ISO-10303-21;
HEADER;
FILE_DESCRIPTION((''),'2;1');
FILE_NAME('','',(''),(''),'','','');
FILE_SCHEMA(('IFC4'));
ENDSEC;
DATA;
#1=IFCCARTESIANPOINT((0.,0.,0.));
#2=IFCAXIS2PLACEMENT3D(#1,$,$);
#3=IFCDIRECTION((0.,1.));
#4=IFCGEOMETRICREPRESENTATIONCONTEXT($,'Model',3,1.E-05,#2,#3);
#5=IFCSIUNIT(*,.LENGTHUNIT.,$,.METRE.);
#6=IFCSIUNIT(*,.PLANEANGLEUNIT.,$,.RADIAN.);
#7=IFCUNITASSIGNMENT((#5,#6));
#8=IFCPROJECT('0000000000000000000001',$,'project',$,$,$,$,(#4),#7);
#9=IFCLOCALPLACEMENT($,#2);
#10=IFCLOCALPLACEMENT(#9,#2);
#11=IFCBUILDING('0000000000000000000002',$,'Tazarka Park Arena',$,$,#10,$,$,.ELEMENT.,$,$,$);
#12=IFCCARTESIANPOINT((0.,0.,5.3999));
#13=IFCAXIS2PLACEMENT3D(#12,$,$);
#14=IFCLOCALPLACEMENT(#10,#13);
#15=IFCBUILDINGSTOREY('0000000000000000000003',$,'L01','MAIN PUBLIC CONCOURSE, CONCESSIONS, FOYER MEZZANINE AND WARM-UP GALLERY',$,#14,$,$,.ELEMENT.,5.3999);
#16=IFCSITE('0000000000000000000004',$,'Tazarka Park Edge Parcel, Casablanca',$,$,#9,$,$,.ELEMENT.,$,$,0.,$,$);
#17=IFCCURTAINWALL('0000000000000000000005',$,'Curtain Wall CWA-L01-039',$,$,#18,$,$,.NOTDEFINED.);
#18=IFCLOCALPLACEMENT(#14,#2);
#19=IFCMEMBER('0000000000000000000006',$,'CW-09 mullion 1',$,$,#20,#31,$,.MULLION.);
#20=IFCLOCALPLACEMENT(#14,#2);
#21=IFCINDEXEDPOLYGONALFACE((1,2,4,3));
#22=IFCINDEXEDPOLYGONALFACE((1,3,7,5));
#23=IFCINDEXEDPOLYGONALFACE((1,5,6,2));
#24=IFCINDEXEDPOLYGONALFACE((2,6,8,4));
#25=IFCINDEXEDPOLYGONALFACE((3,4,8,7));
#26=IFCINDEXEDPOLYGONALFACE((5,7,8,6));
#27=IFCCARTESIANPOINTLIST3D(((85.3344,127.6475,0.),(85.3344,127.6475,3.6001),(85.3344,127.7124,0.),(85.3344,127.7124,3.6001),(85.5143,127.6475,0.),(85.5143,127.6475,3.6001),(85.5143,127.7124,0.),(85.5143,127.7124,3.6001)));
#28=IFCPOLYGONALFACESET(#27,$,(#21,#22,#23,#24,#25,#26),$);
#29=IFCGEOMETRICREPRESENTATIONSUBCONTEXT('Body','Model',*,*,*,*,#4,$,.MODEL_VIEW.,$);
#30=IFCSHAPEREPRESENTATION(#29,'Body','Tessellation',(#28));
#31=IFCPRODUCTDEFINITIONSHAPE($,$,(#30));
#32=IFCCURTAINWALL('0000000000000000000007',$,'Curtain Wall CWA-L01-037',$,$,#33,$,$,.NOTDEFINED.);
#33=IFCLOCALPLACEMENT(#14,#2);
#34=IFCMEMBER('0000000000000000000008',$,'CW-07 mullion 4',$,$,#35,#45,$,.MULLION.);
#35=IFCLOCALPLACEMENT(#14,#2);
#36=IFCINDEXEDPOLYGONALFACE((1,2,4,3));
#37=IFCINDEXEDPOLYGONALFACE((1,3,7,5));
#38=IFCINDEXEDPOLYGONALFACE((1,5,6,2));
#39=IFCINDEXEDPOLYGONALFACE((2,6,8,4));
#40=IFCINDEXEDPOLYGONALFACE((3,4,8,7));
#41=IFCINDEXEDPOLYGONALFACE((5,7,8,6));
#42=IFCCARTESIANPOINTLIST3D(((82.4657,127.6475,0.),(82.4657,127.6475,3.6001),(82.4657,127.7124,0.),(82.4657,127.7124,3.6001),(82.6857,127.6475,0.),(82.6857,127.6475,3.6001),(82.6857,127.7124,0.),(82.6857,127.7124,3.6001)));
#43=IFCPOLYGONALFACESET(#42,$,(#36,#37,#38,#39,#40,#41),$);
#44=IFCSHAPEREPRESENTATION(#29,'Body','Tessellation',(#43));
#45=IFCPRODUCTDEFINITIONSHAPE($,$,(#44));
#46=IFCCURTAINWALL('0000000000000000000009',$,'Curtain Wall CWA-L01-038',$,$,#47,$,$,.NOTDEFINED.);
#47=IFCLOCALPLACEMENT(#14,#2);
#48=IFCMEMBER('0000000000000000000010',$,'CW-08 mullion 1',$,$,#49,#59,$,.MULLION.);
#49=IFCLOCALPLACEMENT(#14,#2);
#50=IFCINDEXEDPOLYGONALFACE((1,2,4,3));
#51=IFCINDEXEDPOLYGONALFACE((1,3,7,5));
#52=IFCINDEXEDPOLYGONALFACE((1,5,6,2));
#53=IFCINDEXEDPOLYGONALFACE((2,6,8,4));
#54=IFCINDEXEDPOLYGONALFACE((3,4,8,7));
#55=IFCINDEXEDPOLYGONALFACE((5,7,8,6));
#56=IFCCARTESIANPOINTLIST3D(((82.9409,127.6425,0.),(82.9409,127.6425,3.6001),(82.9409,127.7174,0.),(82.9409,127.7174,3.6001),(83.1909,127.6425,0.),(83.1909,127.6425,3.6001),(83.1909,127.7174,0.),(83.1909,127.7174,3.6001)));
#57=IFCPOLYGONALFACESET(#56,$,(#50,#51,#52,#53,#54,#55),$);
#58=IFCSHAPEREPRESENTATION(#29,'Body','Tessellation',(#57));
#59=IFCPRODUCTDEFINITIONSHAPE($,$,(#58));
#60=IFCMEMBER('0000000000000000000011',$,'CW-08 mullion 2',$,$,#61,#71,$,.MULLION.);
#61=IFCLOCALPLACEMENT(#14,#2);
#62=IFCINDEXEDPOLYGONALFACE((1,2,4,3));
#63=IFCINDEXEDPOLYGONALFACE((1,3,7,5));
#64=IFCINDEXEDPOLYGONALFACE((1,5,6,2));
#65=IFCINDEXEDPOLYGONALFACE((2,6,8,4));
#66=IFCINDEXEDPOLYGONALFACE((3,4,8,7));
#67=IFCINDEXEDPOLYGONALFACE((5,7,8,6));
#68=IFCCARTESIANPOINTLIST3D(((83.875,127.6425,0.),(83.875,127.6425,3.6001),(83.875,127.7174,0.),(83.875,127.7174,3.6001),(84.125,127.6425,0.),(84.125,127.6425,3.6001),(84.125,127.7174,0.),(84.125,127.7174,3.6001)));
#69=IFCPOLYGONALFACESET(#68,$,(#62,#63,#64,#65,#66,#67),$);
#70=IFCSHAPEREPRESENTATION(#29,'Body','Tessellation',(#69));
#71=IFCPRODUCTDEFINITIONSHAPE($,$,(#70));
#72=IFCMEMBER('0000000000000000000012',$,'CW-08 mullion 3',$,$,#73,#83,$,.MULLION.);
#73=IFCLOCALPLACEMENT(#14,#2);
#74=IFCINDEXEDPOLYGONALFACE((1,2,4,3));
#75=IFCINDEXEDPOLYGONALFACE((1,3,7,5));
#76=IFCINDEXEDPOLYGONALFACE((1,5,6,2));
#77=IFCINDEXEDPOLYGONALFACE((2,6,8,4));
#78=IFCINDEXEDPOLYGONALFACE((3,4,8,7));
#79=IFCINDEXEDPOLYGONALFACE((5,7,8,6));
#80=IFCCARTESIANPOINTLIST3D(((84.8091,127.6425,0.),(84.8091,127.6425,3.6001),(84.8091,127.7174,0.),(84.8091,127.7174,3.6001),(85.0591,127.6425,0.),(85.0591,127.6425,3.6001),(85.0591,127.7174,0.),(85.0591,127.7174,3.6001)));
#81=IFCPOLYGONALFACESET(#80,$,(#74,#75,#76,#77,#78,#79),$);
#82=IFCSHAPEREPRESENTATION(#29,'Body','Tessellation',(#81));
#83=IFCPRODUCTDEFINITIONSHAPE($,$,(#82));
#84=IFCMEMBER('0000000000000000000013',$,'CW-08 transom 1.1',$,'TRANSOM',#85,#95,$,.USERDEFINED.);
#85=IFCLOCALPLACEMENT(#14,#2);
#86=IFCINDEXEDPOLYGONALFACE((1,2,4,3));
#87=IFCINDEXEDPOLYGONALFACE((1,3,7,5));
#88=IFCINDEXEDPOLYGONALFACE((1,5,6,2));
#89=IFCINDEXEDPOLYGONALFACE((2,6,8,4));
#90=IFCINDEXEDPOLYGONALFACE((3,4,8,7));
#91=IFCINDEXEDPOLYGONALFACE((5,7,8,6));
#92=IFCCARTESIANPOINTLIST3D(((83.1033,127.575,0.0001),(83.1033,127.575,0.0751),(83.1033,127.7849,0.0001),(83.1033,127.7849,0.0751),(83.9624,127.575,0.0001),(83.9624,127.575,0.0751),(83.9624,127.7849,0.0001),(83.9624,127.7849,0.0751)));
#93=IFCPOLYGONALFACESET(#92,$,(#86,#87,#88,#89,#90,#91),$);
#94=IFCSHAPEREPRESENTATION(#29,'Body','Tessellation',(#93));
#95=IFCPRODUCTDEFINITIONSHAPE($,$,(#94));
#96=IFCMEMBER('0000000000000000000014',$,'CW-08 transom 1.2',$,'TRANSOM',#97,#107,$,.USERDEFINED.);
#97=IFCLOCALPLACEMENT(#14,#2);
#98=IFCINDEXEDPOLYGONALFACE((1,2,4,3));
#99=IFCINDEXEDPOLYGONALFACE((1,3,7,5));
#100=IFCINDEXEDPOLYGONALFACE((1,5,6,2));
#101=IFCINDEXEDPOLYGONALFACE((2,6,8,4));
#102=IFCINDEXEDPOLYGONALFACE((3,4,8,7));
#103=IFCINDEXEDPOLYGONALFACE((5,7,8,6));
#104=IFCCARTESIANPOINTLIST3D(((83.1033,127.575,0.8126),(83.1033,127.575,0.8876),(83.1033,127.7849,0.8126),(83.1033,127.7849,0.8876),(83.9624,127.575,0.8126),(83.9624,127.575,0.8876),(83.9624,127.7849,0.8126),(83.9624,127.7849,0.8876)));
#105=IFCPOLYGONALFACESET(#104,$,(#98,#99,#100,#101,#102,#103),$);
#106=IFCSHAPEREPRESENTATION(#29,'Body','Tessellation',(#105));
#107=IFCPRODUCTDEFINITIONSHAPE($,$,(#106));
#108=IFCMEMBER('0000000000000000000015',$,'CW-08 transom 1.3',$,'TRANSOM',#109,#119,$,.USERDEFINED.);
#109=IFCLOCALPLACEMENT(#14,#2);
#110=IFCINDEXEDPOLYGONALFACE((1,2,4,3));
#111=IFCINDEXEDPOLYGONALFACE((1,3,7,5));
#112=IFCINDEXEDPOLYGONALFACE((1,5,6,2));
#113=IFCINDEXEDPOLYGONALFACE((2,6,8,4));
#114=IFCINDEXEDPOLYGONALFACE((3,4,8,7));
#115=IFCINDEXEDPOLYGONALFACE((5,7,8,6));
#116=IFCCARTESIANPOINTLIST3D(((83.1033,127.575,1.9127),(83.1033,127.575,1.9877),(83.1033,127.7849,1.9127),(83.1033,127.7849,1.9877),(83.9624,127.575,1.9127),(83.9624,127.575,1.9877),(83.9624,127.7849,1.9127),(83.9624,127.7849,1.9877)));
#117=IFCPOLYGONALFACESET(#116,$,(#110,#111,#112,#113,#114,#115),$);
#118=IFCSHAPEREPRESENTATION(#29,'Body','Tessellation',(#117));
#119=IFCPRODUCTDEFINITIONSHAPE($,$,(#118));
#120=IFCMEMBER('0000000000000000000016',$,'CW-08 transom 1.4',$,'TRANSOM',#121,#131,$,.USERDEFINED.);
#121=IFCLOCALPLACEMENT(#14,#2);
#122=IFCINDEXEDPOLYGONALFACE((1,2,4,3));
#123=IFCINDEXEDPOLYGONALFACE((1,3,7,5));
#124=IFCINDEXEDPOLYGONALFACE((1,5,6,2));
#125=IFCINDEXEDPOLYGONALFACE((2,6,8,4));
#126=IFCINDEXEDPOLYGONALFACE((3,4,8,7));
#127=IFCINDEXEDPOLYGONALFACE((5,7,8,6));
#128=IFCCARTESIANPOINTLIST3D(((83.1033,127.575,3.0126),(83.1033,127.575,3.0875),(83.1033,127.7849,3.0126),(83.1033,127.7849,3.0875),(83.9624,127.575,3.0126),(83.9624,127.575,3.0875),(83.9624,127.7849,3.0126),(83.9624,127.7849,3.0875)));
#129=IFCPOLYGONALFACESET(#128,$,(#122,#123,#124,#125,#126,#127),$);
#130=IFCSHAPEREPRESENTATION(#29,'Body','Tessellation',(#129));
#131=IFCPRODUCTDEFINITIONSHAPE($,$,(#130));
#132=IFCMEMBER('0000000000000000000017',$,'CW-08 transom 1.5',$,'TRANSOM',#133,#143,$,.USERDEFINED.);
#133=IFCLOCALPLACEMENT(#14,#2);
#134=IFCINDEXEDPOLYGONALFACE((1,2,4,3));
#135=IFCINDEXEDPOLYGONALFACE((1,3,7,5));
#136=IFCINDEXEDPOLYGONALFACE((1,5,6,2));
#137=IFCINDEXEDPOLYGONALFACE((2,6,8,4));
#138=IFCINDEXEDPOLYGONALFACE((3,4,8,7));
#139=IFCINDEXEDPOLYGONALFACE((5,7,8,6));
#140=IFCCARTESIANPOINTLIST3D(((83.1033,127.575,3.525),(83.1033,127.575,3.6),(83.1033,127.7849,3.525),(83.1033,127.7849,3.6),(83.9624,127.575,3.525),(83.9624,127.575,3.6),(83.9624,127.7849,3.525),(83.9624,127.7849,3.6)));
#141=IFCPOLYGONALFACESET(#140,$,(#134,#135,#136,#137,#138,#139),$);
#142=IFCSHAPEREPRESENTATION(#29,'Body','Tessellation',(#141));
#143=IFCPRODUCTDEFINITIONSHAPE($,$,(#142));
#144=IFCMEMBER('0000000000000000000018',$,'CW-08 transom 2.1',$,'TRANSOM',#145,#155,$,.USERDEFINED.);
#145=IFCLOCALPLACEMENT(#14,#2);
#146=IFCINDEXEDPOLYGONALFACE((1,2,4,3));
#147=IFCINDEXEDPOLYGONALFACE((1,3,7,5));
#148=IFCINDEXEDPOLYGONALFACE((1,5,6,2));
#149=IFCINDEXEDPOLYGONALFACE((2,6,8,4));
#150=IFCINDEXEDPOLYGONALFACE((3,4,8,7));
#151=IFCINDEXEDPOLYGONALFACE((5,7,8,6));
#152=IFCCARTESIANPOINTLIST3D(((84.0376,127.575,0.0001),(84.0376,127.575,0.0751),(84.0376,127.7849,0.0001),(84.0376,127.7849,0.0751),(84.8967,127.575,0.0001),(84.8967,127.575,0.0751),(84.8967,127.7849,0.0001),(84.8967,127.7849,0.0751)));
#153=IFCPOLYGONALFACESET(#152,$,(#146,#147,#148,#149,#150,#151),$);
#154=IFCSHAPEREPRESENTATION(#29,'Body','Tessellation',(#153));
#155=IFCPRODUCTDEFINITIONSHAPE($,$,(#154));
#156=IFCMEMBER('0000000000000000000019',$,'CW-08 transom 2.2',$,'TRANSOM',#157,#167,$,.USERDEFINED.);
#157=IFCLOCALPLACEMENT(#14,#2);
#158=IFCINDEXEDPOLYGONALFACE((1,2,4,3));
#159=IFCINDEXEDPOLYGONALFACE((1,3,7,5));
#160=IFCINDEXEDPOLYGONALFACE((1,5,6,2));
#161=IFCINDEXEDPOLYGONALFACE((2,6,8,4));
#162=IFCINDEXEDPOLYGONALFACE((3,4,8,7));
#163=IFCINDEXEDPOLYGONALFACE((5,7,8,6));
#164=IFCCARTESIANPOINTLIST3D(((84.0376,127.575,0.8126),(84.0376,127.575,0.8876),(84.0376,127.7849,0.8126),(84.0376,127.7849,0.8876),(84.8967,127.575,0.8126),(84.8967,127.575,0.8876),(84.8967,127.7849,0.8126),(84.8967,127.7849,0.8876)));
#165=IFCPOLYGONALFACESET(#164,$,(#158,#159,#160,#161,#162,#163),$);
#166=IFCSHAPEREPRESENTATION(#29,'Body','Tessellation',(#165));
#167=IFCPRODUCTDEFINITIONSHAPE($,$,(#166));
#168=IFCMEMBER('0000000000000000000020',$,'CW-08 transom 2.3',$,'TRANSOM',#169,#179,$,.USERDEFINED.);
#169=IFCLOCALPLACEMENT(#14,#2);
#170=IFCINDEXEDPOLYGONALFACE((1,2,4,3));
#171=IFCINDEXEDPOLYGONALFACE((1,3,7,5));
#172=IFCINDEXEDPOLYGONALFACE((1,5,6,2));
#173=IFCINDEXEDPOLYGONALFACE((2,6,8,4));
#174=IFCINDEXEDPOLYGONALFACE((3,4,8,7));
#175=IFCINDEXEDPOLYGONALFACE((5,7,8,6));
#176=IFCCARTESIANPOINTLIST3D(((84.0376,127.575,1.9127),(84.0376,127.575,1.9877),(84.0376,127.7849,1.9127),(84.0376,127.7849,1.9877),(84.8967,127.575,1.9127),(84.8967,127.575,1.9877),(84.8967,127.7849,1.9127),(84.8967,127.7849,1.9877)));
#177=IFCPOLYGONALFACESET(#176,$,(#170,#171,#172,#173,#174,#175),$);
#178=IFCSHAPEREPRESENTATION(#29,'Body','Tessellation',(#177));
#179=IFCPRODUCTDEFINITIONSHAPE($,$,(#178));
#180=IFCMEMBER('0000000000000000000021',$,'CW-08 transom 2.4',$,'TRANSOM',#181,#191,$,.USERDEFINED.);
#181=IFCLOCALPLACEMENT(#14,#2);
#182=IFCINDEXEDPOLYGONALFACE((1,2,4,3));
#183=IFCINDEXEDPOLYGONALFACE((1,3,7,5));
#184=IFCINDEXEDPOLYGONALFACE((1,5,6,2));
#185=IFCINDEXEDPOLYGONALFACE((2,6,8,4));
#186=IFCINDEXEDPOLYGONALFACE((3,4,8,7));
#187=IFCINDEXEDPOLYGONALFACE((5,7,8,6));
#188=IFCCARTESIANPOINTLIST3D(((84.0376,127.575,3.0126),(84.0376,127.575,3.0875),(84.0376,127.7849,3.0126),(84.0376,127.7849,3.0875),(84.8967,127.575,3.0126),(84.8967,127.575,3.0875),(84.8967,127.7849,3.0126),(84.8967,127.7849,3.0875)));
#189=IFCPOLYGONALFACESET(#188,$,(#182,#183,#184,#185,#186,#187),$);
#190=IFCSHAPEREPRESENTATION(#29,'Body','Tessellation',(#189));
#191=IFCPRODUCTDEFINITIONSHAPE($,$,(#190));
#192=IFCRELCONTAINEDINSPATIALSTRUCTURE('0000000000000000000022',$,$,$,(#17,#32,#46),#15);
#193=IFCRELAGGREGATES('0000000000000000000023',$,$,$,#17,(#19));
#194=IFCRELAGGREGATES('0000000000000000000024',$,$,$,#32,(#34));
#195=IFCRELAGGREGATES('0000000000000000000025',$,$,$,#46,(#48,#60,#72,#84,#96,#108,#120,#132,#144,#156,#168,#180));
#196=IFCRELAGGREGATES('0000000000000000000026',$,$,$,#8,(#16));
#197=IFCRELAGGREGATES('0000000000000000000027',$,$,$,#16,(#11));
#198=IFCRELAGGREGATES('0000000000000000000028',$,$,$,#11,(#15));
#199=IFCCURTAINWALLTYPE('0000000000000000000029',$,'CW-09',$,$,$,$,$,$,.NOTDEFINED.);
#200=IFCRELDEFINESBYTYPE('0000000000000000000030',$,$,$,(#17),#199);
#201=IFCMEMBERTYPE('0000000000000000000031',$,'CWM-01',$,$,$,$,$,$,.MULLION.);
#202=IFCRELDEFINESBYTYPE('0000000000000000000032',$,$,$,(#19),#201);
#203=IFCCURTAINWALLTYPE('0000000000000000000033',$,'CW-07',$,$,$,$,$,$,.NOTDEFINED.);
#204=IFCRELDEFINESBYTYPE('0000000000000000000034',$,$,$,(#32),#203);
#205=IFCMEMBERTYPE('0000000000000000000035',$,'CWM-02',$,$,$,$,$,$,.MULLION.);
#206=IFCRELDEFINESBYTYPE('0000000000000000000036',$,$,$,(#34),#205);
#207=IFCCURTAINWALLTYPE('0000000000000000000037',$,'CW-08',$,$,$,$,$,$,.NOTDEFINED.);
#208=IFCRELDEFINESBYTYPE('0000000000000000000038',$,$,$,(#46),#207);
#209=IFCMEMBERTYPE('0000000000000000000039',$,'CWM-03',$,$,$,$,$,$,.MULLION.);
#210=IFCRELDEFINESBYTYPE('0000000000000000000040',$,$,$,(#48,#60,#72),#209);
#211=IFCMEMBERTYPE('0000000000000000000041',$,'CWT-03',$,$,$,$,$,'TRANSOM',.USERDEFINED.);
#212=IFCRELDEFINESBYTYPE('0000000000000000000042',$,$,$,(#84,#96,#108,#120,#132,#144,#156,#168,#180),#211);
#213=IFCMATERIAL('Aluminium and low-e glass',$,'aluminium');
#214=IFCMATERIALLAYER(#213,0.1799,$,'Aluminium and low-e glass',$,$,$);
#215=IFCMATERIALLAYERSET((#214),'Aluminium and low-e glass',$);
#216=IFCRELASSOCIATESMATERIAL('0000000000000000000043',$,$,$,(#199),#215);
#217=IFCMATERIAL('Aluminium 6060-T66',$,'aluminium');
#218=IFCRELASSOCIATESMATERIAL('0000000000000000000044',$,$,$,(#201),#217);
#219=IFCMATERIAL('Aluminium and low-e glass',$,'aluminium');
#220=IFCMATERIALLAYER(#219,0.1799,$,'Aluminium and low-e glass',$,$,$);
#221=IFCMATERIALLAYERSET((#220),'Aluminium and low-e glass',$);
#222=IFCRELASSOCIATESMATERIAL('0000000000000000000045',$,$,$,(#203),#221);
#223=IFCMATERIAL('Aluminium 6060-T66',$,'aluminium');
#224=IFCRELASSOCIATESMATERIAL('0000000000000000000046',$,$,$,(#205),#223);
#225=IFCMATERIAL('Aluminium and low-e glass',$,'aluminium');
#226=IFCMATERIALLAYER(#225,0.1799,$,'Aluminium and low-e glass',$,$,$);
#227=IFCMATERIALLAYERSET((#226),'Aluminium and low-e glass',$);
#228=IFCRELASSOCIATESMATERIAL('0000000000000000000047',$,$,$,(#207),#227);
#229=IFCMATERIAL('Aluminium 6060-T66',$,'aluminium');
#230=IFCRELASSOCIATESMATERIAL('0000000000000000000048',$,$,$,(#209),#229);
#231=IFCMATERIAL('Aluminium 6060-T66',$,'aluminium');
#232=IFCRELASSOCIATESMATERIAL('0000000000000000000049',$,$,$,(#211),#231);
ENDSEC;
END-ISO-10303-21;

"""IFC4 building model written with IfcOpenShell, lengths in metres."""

from ifc_helpers import new_model, si_unit, direction, frame, origin, origin_2d, place, context, subcontext, project, spatial, rectangle, extrude, material, layer, layer_set, material_profile, profile_set, type_object, element, aggregate, save


model = new_model("IFC4")

# Units and contexts
model_context = context("Model", 3, precision=1e-05, world=origin(), true_north=direction((0.0, 1.0)))
body_context = subcontext(model_context, "Body", "Model", "MODEL_VIEW")
ifc_project = project(units=[si_unit("LENGTHUNIT", "METRE"), si_unit("PLANEANGLEUNIT", "RADIAN")], contexts=[model_context])

# Site, building, storey
site_placement = place(None, origin())
site = spatial("IfcSite", under=ifc_project, at=site_placement, Name="Tazarka Park Edge Parcel, Casablanca", CompositionType="ELEMENT", RefElevation=0.0)
building_placement = place(site_placement, origin())
building = spatial("IfcBuilding", under=site, at=building_placement, Name="Tazarka Park Arena", CompositionType="ELEMENT")
storey_placement = place(building_placement, frame((0.0, 0.0, 5.3999)))
storey = spatial("IfcBuildingStorey", under=building, at=storey_placement, Name="L01", Description="MAIN PUBLIC CONCOURSE, CONCESSIONS, FOYER MEZZANINE AND WARM-UP GALLERY", CompositionType="ELEMENT", Elevation=5.3999)

# Curtain walls, members
ifc_material_1 = material(Name="Aluminium and low-e glass", Category="aluminium")
ifc_layer_1 = layer(ifc_material_1, 0.1799, Name="Aluminium and low-e glass")
ifc_layer_set_1 = layer_set([ifc_layer_1], Name="Aluminium and low-e glass")
curtain_wall_type_1 = type_object("IfcCurtainWallType", Name="CW-09", PredefinedType="NOTDEFINED", material=ifc_layer_set_1)
curtain_wall_1_placement = place(storey_placement, origin())
curtain_wall_1 = element("IfcCurtainWall", 1, at=curtain_wall_1_placement, inside=storey, type_object=curtain_wall_type_1, Name="Curtain Wall CWA-L01-039", PredefinedType="NOTDEFINED")
ifc_material_2 = material(Name="Aluminium 6060-T66", Category="aluminium")
ifc_material_profile_1 = material_profile(ifc_material_2, rectangle(XDim=0.0649, YDim=0.1799, at=origin_2d()), Name="Aluminium 6060-T66")
ifc_profile_set_1 = profile_set([ifc_material_profile_1], Name="Aluminium 6060-T66")
member_type_1 = type_object("IfcMemberType", Name="CWM-01", PredefinedType="MULLION", material=ifc_profile_set_1)
member_1_placement = place(storey_placement, frame((85.4243, 127.6799, 0.0), z_axis=(0.0, 0.0, 1.0), x_axis=(0.0, 1.0, 0.0)))
member_1 = element("IfcMember", 2, at=member_1_placement, type_object=member_type_1, Name="CW-09 mullion 1", PredefinedType="MULLION", context=body_context, shape_type="SweptSolid", body=[
    extrude(rectangle(XDim=0.0649, YDim=0.1799, at=origin_2d()), origin(), (0.0, 0.0, 1.0), 3.6001),
])
aggregate(curtain_wall_1, [member_1])
ifc_material_3 = material(Name="Aluminium and low-e glass", Category="aluminium")
ifc_layer_2 = layer(ifc_material_3, 0.1799, Name="Aluminium and low-e glass")
ifc_layer_set_2 = layer_set([ifc_layer_2], Name="Aluminium and low-e glass")
curtain_wall_type_2 = type_object("IfcCurtainWallType", Name="CW-07", PredefinedType="NOTDEFINED", material=ifc_layer_set_2)
curtain_wall_2_placement = place(storey_placement, origin())
curtain_wall_2 = element("IfcCurtainWall", 3, at=curtain_wall_2_placement, inside=storey, type_object=curtain_wall_type_2, Name="Curtain Wall CWA-L01-037", PredefinedType="NOTDEFINED")
ifc_material_4 = material(Name="Aluminium 6060-T66", Category="aluminium")
ifc_material_profile_2 = material_profile(ifc_material_4, rectangle(XDim=0.0649, YDim=0.22, at=origin_2d()), Name="Aluminium 6060-T66")
ifc_profile_set_2 = profile_set([ifc_material_profile_2], Name="Aluminium 6060-T66")
member_type_2 = type_object("IfcMemberType", Name="CWM-02", PredefinedType="MULLION", material=ifc_profile_set_2)
member_2_placement = place(storey_placement, frame((82.5757, 127.6799, 0.0), z_axis=(0.0, 0.0, 1.0), x_axis=(0.0, 1.0, 0.0)))
member_2 = element("IfcMember", 4, at=member_2_placement, type_object=member_type_2, Name="CW-07 mullion 4", PredefinedType="MULLION", context=body_context, shape_type="SweptSolid", body=[
    extrude(rectangle(XDim=0.0649, YDim=0.22, at=origin_2d()), origin(), (0.0, 0.0, 1.0), 3.6001),
])
aggregate(curtain_wall_2, [member_2])

# Curtain wall, members
ifc_material_5 = material(Name="Aluminium and low-e glass", Category="aluminium")
ifc_layer_3 = layer(ifc_material_5, 0.1799, Name="Aluminium and low-e glass")
ifc_layer_set_3 = layer_set([ifc_layer_3], Name="Aluminium and low-e glass")
curtain_wall_type_3 = type_object("IfcCurtainWallType", Name="CW-08", PredefinedType="NOTDEFINED", material=ifc_layer_set_3)
curtain_wall_3_placement = place(storey_placement, origin())
curtain_wall_3 = element("IfcCurtainWall", 5, at=curtain_wall_3_placement, inside=storey, type_object=curtain_wall_type_3, Name="Curtain Wall CWA-L01-038", PredefinedType="NOTDEFINED")
ifc_material_6 = material(Name="Aluminium 6060-T66", Category="aluminium")
ifc_material_profile_3 = material_profile(ifc_material_6, rectangle(XDim=0.075, YDim=0.25, at=origin_2d()), Name="Aluminium 6060-T66")
ifc_profile_set_3 = profile_set([ifc_material_profile_3], Name="Aluminium 6060-T66")
member_type_3 = type_object("IfcMemberType", Name="CWM-03", PredefinedType="MULLION", material=ifc_profile_set_3)
member_3_placement = place(storey_placement, frame((83.0659, 127.6799, 0.0), z_axis=(0.0, 0.0, 1.0), x_axis=(0.0, 1.0, 0.0)))
member_3 = element("IfcMember", 6, at=member_3_placement, type_object=member_type_3, Name="CW-08 mullion 1", PredefinedType="MULLION", context=body_context, shape_type="SweptSolid", body=[
    extrude(rectangle(XDim=0.075, YDim=0.25, at=origin_2d()), origin(), (0.0, 0.0, 1.0), 3.6001),
])
member_4_placement = place(storey_placement, frame((84.0, 127.6799, 0.0), z_axis=(0.0, 0.0, 1.0), x_axis=(0.0, 1.0, 0.0)))
member_4 = element("IfcMember", 7, at=member_4_placement, type_object=member_type_3, Name="CW-08 mullion 2", PredefinedType="MULLION", context=body_context, shape_type="SweptSolid", body=[
    extrude(rectangle(XDim=0.075, YDim=0.25, at=origin_2d()), origin(), (0.0, 0.0, 1.0), 3.6001),
])
member_5_placement = place(storey_placement, frame((84.9341, 127.6799, 0.0), z_axis=(0.0, 0.0, 1.0), x_axis=(0.0, 1.0, 0.0)))
member_5 = element("IfcMember", 8, at=member_5_placement, type_object=member_type_3, Name="CW-08 mullion 3", PredefinedType="MULLION", context=body_context, shape_type="SweptSolid", body=[
    extrude(rectangle(XDim=0.075, YDim=0.25, at=origin_2d()), origin(), (0.0, 0.0, 1.0), 3.6001),
])
ifc_material_7 = material(Name="Aluminium 6060-T66", Category="aluminium")
ifc_material_profile_4 = material_profile(ifc_material_7, rectangle(XDim=0.21, YDim=0.075, at=origin_2d()), Name="Aluminium 6060-T66")
ifc_profile_set_4 = profile_set([ifc_material_profile_4], Name="Aluminium 6060-T66")
member_type_4 = type_object("IfcMemberType", Name="CWT-03", ElementType="TRANSOM", PredefinedType="USERDEFINED", material=ifc_profile_set_4)
member_6_placement = place(storey_placement, frame((83.1033, 127.6799, 0.0376), z_axis=(1.0, 0.0, 0.0), x_axis=(0.0, 1.0, 0.0)))
member_6 = element("IfcMember", 9, at=member_6_placement, type_object=member_type_4, Name="CW-08 transom 1.1", ObjectType="TRANSOM", PredefinedType="USERDEFINED", context=body_context, shape_type="SweptSolid", body=[
    extrude(rectangle(XDim=0.21, YDim=0.075, at=origin_2d()), origin(), (0.0, 0.0, 1.0), 0.8591),
])
member_7_placement = place(storey_placement, frame((83.1033, 127.6799, 0.8501), z_axis=(1.0, 0.0, 0.0), x_axis=(0.0, 1.0, 0.0)))
member_7 = element("IfcMember", 10, at=member_7_placement, type_object=member_type_4, Name="CW-08 transom 1.2", ObjectType="TRANSOM", PredefinedType="USERDEFINED", context=body_context, shape_type="SweptSolid", body=[
    extrude(rectangle(XDim=0.21, YDim=0.075, at=origin_2d()), origin(), (0.0, 0.0, 1.0), 0.8591),
])
member_8_placement = place(storey_placement, frame((83.1033, 127.6799, 1.9502), z_axis=(1.0, 0.0, 0.0), x_axis=(0.0, 1.0, 0.0)))
member_8 = element("IfcMember", 11, at=member_8_placement, type_object=member_type_4, Name="CW-08 transom 1.3", ObjectType="TRANSOM", PredefinedType="USERDEFINED", context=body_context, shape_type="SweptSolid", body=[
    extrude(rectangle(XDim=0.21, YDim=0.075, at=origin_2d()), origin(), (0.0, 0.0, 1.0), 0.8591),
])
member_9_placement = place(storey_placement, frame((83.1033, 127.6799, 3.05), z_axis=(1.0, 0.0, 0.0), x_axis=(0.0, 1.0, 0.0)))
member_9 = element("IfcMember", 12, at=member_9_placement, type_object=member_type_4, Name="CW-08 transom 1.4", ObjectType="TRANSOM", PredefinedType="USERDEFINED", context=body_context, shape_type="SweptSolid", body=[
    extrude(rectangle(XDim=0.21, YDim=0.075, at=origin_2d()), origin(), (0.0, 0.0, 1.0), 0.8591),
])
member_10_placement = place(storey_placement, frame((83.1033, 127.6799, 3.5625), z_axis=(1.0, 0.0, 0.0), x_axis=(0.0, 1.0, 0.0)))
member_10 = element("IfcMember", 13, at=member_10_placement, type_object=member_type_4, Name="CW-08 transom 1.5", ObjectType="TRANSOM", PredefinedType="USERDEFINED", context=body_context, shape_type="SweptSolid", body=[
    extrude(rectangle(XDim=0.21, YDim=0.075, at=origin_2d()), origin(), (0.0, 0.0, 1.0), 0.8591),
])
member_11_placement = place(storey_placement, frame((84.0376, 127.6799, 0.0376), z_axis=(1.0, 0.0, 0.0), x_axis=(0.0, 1.0, 0.0)))
member_11 = element("IfcMember", 14, at=member_11_placement, type_object=member_type_4, Name="CW-08 transom 2.1", ObjectType="TRANSOM", PredefinedType="USERDEFINED", context=body_context, shape_type="SweptSolid", body=[
    extrude(rectangle(XDim=0.21, YDim=0.075, at=origin_2d()), origin(), (0.0, 0.0, 1.0), 0.8591),
])
member_12_placement = place(storey_placement, frame((84.0376, 127.6799, 0.8501), z_axis=(1.0, 0.0, 0.0), x_axis=(0.0, 1.0, 0.0)))
member_12 = element("IfcMember", 15, at=member_12_placement, type_object=member_type_4, Name="CW-08 transom 2.2", ObjectType="TRANSOM", PredefinedType="USERDEFINED", context=body_context, shape_type="SweptSolid", body=[
    extrude(rectangle(XDim=0.21, YDim=0.075, at=origin_2d()), origin(), (0.0, 0.0, 1.0), 0.8591),
])
member_13_placement = place(storey_placement, frame((84.0376, 127.6799, 1.9502), z_axis=(1.0, 0.0, 0.0), x_axis=(0.0, 1.0, 0.0)))
member_13 = element("IfcMember", 16, at=member_13_placement, type_object=member_type_4, Name="CW-08 transom 2.3", ObjectType="TRANSOM", PredefinedType="USERDEFINED", context=body_context, shape_type="SweptSolid", body=[
    extrude(rectangle(XDim=0.21, YDim=0.075, at=origin_2d()), origin(), (0.0, 0.0, 1.0), 0.8591),
])
member_14_placement = place(storey_placement, frame((84.0376, 127.6799, 3.05), z_axis=(1.0, 0.0, 0.0), x_axis=(0.0, 1.0, 0.0)))
member_14 = element("IfcMember", 17, at=member_14_placement, type_object=member_type_4, Name="CW-08 transom 2.4", ObjectType="TRANSOM", PredefinedType="USERDEFINED", context=body_context, shape_type="SweptSolid", body=[
    extrude(rectangle(XDim=0.21, YDim=0.075, at=origin_2d()), origin(), (0.0, 0.0, 1.0), 0.8591),
])
aggregate(curtain_wall_3, [member_3, member_4, member_5, member_6, member_7, member_8, member_9, member_10, member_11, member_12, member_13, member_14])

save(model, "model.ifc")
